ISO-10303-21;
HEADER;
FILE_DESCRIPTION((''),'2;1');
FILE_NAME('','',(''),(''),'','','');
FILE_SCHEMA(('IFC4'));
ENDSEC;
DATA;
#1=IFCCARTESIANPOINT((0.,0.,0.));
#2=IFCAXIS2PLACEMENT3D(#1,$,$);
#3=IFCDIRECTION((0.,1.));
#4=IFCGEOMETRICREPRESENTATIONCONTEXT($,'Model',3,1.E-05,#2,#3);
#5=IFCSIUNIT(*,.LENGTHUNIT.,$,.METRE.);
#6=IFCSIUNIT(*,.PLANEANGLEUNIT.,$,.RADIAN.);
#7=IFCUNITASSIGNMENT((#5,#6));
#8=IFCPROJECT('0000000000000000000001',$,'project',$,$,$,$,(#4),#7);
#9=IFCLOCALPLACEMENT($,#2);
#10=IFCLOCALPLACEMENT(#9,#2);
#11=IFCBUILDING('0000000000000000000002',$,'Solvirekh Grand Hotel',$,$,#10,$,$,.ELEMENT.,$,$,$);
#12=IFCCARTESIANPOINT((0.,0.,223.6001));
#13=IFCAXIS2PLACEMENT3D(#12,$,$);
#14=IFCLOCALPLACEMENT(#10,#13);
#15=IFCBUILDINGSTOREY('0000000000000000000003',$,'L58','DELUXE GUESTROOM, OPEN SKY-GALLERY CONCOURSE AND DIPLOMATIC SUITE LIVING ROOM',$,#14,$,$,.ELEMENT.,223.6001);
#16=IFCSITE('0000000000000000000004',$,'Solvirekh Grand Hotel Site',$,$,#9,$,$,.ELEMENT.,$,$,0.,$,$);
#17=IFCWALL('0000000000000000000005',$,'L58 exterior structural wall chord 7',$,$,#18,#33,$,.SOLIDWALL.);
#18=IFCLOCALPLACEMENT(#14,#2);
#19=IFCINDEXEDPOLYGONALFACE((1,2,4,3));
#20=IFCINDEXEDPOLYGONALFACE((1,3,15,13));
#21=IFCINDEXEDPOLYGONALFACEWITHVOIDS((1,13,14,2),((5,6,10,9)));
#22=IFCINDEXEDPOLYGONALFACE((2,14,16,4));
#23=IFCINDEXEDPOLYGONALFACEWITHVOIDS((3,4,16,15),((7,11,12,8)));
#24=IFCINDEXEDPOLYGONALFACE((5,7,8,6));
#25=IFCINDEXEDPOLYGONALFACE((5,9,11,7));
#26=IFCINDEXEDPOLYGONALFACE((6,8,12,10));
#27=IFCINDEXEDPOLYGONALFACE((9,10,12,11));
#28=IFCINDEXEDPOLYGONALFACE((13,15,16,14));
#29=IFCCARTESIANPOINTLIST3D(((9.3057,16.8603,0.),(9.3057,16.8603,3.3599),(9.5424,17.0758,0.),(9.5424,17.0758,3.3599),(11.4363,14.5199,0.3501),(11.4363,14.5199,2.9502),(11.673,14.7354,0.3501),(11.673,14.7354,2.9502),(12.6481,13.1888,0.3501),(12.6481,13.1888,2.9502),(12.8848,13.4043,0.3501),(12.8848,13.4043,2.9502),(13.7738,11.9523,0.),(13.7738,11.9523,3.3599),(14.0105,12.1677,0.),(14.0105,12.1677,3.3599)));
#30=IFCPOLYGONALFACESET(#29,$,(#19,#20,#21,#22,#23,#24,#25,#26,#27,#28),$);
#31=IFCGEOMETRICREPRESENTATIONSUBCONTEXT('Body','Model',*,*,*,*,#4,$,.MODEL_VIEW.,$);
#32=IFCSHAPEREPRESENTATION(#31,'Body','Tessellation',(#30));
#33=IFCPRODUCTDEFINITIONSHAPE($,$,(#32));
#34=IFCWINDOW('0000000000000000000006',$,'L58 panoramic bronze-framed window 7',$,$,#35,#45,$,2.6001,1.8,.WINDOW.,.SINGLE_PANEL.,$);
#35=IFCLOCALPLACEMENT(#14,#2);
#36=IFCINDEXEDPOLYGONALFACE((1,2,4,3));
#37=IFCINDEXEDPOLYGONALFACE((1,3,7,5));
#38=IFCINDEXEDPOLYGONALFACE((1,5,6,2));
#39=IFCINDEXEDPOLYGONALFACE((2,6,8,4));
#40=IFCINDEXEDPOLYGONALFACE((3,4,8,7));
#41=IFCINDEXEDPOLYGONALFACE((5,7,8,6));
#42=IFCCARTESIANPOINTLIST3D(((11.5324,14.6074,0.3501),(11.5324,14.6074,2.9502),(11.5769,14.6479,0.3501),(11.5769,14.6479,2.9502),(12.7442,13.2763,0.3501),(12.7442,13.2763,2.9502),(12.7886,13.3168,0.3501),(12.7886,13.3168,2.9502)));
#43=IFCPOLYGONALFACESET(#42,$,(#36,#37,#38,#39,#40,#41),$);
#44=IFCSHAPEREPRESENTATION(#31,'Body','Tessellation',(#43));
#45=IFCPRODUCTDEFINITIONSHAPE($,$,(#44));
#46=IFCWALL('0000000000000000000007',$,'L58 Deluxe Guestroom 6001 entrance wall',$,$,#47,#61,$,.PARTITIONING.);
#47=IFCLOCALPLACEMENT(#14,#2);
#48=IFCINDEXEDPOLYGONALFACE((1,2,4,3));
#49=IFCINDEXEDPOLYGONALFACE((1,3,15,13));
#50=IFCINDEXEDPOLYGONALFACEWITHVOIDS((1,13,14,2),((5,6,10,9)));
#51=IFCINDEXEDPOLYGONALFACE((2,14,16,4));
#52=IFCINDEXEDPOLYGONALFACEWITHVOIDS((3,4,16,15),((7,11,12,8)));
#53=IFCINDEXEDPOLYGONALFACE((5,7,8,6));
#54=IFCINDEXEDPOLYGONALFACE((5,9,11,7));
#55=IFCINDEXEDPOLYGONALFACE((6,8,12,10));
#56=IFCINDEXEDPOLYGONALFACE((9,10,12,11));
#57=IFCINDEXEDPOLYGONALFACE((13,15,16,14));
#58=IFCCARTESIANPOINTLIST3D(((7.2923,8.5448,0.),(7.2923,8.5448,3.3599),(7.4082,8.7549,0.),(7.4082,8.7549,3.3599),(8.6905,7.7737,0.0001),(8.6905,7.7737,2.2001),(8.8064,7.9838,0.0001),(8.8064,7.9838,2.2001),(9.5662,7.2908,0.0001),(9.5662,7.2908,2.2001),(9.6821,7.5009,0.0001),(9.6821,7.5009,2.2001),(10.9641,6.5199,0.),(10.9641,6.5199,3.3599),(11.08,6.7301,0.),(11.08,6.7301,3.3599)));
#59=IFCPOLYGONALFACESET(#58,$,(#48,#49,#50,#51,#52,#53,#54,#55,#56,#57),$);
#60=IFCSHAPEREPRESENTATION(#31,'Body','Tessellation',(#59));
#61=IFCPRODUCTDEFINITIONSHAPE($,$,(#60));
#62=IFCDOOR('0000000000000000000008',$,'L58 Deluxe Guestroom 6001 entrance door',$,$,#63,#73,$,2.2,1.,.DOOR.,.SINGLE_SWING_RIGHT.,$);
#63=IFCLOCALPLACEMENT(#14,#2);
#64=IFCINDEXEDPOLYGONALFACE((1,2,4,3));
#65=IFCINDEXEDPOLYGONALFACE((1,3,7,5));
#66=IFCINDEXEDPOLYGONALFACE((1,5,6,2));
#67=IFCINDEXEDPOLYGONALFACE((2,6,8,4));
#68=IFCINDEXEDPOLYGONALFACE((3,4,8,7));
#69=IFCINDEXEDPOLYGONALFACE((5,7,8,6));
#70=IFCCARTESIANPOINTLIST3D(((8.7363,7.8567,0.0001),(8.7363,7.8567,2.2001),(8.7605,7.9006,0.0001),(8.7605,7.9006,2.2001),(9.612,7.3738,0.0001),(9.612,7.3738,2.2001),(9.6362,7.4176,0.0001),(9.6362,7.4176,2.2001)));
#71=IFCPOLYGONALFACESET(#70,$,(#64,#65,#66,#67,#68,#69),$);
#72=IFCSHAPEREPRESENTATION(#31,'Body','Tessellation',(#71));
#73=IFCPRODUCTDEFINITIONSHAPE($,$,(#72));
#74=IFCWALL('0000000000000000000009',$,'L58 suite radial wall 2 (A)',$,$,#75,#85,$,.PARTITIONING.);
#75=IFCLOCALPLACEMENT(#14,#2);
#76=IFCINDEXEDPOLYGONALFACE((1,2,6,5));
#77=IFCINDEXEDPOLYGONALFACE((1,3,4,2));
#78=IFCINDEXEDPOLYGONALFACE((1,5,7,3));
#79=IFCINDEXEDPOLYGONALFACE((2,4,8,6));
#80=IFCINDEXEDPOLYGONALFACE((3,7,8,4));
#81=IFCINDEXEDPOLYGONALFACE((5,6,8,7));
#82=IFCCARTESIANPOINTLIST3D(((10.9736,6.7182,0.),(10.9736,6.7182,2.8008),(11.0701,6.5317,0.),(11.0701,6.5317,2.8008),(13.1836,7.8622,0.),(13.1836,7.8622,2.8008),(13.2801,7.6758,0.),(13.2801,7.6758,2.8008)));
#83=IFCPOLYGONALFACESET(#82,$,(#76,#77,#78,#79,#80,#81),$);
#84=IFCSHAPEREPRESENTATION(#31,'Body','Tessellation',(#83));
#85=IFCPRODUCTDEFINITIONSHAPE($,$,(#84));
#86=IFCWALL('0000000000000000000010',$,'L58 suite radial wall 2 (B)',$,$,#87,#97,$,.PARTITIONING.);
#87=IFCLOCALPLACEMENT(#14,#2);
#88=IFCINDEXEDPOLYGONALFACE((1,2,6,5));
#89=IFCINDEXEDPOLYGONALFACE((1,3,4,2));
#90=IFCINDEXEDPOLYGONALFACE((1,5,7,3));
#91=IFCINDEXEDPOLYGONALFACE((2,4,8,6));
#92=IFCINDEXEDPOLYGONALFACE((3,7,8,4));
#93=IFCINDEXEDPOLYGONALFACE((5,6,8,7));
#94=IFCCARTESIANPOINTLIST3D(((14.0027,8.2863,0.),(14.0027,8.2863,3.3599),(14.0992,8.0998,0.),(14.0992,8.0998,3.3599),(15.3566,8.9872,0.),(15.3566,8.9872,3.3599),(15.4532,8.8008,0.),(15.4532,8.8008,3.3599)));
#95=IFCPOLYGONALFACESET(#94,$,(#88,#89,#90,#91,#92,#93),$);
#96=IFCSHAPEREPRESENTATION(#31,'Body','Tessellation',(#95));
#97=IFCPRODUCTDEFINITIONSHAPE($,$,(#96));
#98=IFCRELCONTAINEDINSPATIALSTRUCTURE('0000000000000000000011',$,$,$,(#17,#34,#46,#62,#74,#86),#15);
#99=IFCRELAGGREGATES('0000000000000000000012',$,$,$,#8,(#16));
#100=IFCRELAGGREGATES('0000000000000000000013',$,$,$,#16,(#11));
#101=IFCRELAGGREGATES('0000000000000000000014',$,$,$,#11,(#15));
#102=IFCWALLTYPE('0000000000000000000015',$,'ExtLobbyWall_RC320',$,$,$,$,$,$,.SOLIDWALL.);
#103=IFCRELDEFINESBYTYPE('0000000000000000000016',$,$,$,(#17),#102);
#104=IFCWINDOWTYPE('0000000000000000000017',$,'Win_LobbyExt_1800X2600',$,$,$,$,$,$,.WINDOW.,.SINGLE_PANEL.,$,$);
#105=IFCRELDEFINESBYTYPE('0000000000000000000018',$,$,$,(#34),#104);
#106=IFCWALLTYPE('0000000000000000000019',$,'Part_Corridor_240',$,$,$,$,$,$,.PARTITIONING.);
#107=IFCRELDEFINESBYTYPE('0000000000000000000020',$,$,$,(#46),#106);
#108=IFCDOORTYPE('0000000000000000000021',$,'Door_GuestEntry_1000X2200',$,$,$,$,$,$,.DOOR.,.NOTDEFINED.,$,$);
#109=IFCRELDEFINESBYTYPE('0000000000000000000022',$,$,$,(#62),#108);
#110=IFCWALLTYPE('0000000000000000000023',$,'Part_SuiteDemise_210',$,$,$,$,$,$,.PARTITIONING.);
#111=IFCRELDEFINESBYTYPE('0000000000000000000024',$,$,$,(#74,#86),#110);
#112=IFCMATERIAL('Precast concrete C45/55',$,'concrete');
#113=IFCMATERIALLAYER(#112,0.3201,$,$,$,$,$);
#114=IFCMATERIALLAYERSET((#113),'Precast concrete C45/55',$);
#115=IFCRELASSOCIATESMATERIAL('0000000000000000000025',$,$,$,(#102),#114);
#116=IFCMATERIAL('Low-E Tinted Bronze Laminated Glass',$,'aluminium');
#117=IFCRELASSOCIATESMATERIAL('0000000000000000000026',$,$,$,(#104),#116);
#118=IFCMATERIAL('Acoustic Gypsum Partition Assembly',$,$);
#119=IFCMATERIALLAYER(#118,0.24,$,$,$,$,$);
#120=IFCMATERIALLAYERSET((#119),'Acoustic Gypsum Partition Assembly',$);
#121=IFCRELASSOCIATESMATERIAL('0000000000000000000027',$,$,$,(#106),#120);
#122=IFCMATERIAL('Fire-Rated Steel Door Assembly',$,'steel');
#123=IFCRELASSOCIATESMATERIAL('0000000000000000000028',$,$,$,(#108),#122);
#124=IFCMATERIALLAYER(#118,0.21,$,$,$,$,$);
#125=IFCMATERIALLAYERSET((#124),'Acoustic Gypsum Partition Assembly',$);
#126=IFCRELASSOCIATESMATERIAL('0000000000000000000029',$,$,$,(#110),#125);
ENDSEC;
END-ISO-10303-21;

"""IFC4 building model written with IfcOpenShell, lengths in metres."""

from ifc_helpers import new_model, si_unit, direction, frame, frame_2d, origin, place, context, subcontext, project, spatial, rectangle, extrude, material, layer, layer_set, type_object, element, fill, save


model = new_model("IFC4")

# Units and contexts
model_context = context("Model", 3, precision=1e-05, world=origin(), true_north=direction((0.0, 1.0)))
body_context = subcontext(model_context, "Body", "Model", "MODEL_VIEW")
ifc_project = project(units=[si_unit("LENGTHUNIT", "METRE"), si_unit("PLANEANGLEUNIT", "RADIAN")], contexts=[model_context])

# Site, building, storey
site_placement = place(None, origin())
site = spatial("IfcSite", under=ifc_project, at=site_placement, Name="Solvirekh Grand Hotel Site", CompositionType="ELEMENT", RefElevation=0.0)
building_placement = place(site_placement, origin())
building = spatial("IfcBuilding", under=site, at=building_placement, Name="Solvirekh Grand Hotel", CompositionType="ELEMENT")
storey_placement = place(building_placement, frame((0.0, 0.0, 223.6001)))
storey = spatial("IfcBuildingStorey", under=building, at=storey_placement, Name="L58", Description="DELUXE GUESTROOM, OPEN SKY-GALLERY CONCOURSE AND DIPLOMATIC SUITE LIVING ROOM", CompositionType="ELEMENT", Elevation=223.6001)

# Shared definitions
ifc_material_1 = material(Name="Low-E Tinted Bronze Laminated Glass", Category="aluminium")

# Wall, opening, window
ifc_material_2 = material(Name="Precast concrete C45/55", Category="concrete")
ifc_layer_1 = layer(ifc_material_2, 0.3201)
ifc_layer_set_1 = layer_set([ifc_layer_1], Name="Precast concrete C45/55")
wall_type_1 = type_object("IfcWallType", Name="ExtLobbyWall_RC320", PredefinedType="SOLIDWALL", material=ifc_layer_set_1)
window_type = type_object("IfcWindowType", Name="Win_LobbyExt_1800X2600", PartitioningType="SINGLE_PANEL", PredefinedType="WINDOW", material=ifc_material_1)
wall_1_placement = place(storey_placement, frame((9.4241, 16.968, 0.0), z_axis=(0.0, 0.0, 1.0), x_axis=(0.673187, -0.739472, 0.0)))
wall_1 = element("IfcWall", 1, at=wall_1_placement, inside=storey, type_object=wall_type_1, Name="L58 exterior structural wall chord 7", PredefinedType="SOLIDWALL", context=body_context, shape_type="SweptSolid", body=[
    extrude(rectangle(XDim=6.6372, YDim=0.3201, at=frame_2d((3.3186, 0.0))), origin(), (0.0, 0.0, 1.0), 3.3599),
])
opening_1_placement = place(wall_1_placement, frame((3.165, 0.0, 0.3501)))
opening_1 = element("IfcOpeningElement", 2, at=opening_1_placement, cuts=wall_1, PredefinedType="OPENING", context=body_context, shape_type="SweptSolid", body=[
    extrude(rectangle(XDim=1.8, YDim=2.6001, at=frame_2d((0.8999, 1.3))), frame((0.0, 0.1699, 0.0), z_axis=(0.0, -1.0, 0.0), x_axis=(1.0, 0.0, 0.0)), (0.0, 0.0, 1.0), 0.3401),
])
window_1_placement = place(opening_1_placement, origin())
window_1 = element("IfcWindow", 3, at=window_1_placement, inside=storey, type_object=window_type, Name="L58 panoramic bronze-framed window 7", OverallHeight=2.6001, OverallWidth=1.8, PartitioningType="SINGLE_PANEL", PredefinedType="WINDOW", context=body_context, shape_type="SweptSolid", body=[
    extrude(rectangle(XDim=1.8, YDim=2.6001, at=frame_2d((0.8999, 1.3))), frame((0.0, 0.03, 0.0), z_axis=(0.0, -1.0, 0.0), x_axis=(1.0, 0.0, 0.0)), (0.0, 0.0, 1.0), 0.0601),
])
fill(opening_1, window_1)

# Wall, opening, door
ifc_material_3 = material(Name="Acoustic Gypsum Partition Assembly")
ifc_layer_2 = layer(ifc_material_3, 0.24)
ifc_layer_set_2 = layer_set([ifc_layer_2], Name="Acoustic Gypsum Partition Assembly")
wall_type_2 = type_object("IfcWallType", Name="Part_Corridor_240", PredefinedType="PARTITIONING", material=ifc_layer_set_2)
wall_2_placement = place(storey_placement, frame((7.3501, 8.6499, 0.0), z_axis=(0.0, 0.0, 1.0), x_axis=(0.875674, -0.482902, 0.0)))
wall_2 = element("IfcWall", 4, at=wall_2_placement, inside=storey, type_object=wall_type_2, Name="L58 Deluxe Guestroom 6001 entrance wall", PredefinedType="PARTITIONING", context=body_context, shape_type="SweptSolid", body=[
    extrude(rectangle(XDim=4.1931, YDim=0.24, at=frame_2d((2.0967, 0.0))), origin(), (0.0, 0.0, 1.0), 3.3599),
])
opening_2_placement = place(wall_2_placement, frame((1.5969, 0.0, 0.0)))
opening_2 = element("IfcOpeningElement", 5, at=opening_2_placement, cuts=wall_2, PredefinedType="OPENING", context=body_context, shape_type="SweptSolid", body=[
    extrude(rectangle(XDim=1.0, YDim=2.2, at=frame_2d((0.5, 1.1001))), frame((0.0, 0.1299, 0.0), z_axis=(0.0, -1.0, 0.0), x_axis=(1.0, 0.0, 0.0)), (0.0, 0.0, 1.0), 0.26),
])
ifc_material_4 = material(Name="Fire-Rated Steel Door Assembly", Category="steel")
door_type = type_object("IfcDoorType", Name="Door_GuestEntry_1000X2200", OperationType="NOTDEFINED", PredefinedType="DOOR", material=ifc_material_4)
door_placement = place(opening_2_placement, origin())
door = element("IfcDoor", 6, at=door_placement, inside=storey, type_object=door_type, Name="L58 Deluxe Guestroom 6001 entrance door", OperationType="SINGLE_SWING_RIGHT", OverallHeight=2.2, OverallWidth=1.0, PredefinedType="DOOR", context=body_context, shape_type="SweptSolid", body=[
    extrude(rectangle(XDim=1.0, YDim=2.2, at=frame_2d((0.5, 1.1001))), frame((0.0, 0.0249, 0.0), z_axis=(0.0, -1.0, 0.0), x_axis=(1.0, 0.0, 0.0)), (0.0, 0.0, 1.0), 0.05),
])
fill(opening_2, door)

# Walls
ifc_layer_3 = layer(ifc_material_3, 0.21)
ifc_layer_set_3 = layer_set([ifc_layer_3], Name="Acoustic Gypsum Partition Assembly")
wall_type_3 = type_object("IfcWallType", Name="Part_SuiteDemise_210", PredefinedType="PARTITIONING", material=ifc_layer_set_3)
wall_3_placement = place(storey_placement, frame((11.022, 6.625, 0.0), z_axis=(0.0, 0.0, 1.0), x_axis=(0.88806, 0.459727, 0.0)))
element("IfcWall", 7, at=wall_3_placement, inside=storey, type_object=wall_type_3, Name="L58 suite radial wall 2 (A)", PredefinedType="PARTITIONING", context=body_context, shape_type="SweptSolid", body=[
    extrude(rectangle(XDim=2.4885, YDim=0.21, at=frame_2d((1.2441, 0.0))), origin(), (0.0, 0.0, 1.0), 2.8008),
])
wall_4_placement = place(storey_placement, frame((14.051, 8.1931, 0.0), z_axis=(0.0, 0.0, 1.0), x_axis=(0.888062, 0.459723, 0.0)))
element("IfcWall", 8, at=wall_4_placement, inside=storey, type_object=wall_type_3, Name="L58 suite radial wall 2 (B)", PredefinedType="PARTITIONING", context=body_context, shape_type="SweptSolid", body=[
    extrude(rectangle(XDim=1.5247, YDim=0.21, at=frame_2d((0.7622, 0.0))), origin(), (0.0, 0.0, 1.0), 3.3599),
])

save(model, "model.ifc")
